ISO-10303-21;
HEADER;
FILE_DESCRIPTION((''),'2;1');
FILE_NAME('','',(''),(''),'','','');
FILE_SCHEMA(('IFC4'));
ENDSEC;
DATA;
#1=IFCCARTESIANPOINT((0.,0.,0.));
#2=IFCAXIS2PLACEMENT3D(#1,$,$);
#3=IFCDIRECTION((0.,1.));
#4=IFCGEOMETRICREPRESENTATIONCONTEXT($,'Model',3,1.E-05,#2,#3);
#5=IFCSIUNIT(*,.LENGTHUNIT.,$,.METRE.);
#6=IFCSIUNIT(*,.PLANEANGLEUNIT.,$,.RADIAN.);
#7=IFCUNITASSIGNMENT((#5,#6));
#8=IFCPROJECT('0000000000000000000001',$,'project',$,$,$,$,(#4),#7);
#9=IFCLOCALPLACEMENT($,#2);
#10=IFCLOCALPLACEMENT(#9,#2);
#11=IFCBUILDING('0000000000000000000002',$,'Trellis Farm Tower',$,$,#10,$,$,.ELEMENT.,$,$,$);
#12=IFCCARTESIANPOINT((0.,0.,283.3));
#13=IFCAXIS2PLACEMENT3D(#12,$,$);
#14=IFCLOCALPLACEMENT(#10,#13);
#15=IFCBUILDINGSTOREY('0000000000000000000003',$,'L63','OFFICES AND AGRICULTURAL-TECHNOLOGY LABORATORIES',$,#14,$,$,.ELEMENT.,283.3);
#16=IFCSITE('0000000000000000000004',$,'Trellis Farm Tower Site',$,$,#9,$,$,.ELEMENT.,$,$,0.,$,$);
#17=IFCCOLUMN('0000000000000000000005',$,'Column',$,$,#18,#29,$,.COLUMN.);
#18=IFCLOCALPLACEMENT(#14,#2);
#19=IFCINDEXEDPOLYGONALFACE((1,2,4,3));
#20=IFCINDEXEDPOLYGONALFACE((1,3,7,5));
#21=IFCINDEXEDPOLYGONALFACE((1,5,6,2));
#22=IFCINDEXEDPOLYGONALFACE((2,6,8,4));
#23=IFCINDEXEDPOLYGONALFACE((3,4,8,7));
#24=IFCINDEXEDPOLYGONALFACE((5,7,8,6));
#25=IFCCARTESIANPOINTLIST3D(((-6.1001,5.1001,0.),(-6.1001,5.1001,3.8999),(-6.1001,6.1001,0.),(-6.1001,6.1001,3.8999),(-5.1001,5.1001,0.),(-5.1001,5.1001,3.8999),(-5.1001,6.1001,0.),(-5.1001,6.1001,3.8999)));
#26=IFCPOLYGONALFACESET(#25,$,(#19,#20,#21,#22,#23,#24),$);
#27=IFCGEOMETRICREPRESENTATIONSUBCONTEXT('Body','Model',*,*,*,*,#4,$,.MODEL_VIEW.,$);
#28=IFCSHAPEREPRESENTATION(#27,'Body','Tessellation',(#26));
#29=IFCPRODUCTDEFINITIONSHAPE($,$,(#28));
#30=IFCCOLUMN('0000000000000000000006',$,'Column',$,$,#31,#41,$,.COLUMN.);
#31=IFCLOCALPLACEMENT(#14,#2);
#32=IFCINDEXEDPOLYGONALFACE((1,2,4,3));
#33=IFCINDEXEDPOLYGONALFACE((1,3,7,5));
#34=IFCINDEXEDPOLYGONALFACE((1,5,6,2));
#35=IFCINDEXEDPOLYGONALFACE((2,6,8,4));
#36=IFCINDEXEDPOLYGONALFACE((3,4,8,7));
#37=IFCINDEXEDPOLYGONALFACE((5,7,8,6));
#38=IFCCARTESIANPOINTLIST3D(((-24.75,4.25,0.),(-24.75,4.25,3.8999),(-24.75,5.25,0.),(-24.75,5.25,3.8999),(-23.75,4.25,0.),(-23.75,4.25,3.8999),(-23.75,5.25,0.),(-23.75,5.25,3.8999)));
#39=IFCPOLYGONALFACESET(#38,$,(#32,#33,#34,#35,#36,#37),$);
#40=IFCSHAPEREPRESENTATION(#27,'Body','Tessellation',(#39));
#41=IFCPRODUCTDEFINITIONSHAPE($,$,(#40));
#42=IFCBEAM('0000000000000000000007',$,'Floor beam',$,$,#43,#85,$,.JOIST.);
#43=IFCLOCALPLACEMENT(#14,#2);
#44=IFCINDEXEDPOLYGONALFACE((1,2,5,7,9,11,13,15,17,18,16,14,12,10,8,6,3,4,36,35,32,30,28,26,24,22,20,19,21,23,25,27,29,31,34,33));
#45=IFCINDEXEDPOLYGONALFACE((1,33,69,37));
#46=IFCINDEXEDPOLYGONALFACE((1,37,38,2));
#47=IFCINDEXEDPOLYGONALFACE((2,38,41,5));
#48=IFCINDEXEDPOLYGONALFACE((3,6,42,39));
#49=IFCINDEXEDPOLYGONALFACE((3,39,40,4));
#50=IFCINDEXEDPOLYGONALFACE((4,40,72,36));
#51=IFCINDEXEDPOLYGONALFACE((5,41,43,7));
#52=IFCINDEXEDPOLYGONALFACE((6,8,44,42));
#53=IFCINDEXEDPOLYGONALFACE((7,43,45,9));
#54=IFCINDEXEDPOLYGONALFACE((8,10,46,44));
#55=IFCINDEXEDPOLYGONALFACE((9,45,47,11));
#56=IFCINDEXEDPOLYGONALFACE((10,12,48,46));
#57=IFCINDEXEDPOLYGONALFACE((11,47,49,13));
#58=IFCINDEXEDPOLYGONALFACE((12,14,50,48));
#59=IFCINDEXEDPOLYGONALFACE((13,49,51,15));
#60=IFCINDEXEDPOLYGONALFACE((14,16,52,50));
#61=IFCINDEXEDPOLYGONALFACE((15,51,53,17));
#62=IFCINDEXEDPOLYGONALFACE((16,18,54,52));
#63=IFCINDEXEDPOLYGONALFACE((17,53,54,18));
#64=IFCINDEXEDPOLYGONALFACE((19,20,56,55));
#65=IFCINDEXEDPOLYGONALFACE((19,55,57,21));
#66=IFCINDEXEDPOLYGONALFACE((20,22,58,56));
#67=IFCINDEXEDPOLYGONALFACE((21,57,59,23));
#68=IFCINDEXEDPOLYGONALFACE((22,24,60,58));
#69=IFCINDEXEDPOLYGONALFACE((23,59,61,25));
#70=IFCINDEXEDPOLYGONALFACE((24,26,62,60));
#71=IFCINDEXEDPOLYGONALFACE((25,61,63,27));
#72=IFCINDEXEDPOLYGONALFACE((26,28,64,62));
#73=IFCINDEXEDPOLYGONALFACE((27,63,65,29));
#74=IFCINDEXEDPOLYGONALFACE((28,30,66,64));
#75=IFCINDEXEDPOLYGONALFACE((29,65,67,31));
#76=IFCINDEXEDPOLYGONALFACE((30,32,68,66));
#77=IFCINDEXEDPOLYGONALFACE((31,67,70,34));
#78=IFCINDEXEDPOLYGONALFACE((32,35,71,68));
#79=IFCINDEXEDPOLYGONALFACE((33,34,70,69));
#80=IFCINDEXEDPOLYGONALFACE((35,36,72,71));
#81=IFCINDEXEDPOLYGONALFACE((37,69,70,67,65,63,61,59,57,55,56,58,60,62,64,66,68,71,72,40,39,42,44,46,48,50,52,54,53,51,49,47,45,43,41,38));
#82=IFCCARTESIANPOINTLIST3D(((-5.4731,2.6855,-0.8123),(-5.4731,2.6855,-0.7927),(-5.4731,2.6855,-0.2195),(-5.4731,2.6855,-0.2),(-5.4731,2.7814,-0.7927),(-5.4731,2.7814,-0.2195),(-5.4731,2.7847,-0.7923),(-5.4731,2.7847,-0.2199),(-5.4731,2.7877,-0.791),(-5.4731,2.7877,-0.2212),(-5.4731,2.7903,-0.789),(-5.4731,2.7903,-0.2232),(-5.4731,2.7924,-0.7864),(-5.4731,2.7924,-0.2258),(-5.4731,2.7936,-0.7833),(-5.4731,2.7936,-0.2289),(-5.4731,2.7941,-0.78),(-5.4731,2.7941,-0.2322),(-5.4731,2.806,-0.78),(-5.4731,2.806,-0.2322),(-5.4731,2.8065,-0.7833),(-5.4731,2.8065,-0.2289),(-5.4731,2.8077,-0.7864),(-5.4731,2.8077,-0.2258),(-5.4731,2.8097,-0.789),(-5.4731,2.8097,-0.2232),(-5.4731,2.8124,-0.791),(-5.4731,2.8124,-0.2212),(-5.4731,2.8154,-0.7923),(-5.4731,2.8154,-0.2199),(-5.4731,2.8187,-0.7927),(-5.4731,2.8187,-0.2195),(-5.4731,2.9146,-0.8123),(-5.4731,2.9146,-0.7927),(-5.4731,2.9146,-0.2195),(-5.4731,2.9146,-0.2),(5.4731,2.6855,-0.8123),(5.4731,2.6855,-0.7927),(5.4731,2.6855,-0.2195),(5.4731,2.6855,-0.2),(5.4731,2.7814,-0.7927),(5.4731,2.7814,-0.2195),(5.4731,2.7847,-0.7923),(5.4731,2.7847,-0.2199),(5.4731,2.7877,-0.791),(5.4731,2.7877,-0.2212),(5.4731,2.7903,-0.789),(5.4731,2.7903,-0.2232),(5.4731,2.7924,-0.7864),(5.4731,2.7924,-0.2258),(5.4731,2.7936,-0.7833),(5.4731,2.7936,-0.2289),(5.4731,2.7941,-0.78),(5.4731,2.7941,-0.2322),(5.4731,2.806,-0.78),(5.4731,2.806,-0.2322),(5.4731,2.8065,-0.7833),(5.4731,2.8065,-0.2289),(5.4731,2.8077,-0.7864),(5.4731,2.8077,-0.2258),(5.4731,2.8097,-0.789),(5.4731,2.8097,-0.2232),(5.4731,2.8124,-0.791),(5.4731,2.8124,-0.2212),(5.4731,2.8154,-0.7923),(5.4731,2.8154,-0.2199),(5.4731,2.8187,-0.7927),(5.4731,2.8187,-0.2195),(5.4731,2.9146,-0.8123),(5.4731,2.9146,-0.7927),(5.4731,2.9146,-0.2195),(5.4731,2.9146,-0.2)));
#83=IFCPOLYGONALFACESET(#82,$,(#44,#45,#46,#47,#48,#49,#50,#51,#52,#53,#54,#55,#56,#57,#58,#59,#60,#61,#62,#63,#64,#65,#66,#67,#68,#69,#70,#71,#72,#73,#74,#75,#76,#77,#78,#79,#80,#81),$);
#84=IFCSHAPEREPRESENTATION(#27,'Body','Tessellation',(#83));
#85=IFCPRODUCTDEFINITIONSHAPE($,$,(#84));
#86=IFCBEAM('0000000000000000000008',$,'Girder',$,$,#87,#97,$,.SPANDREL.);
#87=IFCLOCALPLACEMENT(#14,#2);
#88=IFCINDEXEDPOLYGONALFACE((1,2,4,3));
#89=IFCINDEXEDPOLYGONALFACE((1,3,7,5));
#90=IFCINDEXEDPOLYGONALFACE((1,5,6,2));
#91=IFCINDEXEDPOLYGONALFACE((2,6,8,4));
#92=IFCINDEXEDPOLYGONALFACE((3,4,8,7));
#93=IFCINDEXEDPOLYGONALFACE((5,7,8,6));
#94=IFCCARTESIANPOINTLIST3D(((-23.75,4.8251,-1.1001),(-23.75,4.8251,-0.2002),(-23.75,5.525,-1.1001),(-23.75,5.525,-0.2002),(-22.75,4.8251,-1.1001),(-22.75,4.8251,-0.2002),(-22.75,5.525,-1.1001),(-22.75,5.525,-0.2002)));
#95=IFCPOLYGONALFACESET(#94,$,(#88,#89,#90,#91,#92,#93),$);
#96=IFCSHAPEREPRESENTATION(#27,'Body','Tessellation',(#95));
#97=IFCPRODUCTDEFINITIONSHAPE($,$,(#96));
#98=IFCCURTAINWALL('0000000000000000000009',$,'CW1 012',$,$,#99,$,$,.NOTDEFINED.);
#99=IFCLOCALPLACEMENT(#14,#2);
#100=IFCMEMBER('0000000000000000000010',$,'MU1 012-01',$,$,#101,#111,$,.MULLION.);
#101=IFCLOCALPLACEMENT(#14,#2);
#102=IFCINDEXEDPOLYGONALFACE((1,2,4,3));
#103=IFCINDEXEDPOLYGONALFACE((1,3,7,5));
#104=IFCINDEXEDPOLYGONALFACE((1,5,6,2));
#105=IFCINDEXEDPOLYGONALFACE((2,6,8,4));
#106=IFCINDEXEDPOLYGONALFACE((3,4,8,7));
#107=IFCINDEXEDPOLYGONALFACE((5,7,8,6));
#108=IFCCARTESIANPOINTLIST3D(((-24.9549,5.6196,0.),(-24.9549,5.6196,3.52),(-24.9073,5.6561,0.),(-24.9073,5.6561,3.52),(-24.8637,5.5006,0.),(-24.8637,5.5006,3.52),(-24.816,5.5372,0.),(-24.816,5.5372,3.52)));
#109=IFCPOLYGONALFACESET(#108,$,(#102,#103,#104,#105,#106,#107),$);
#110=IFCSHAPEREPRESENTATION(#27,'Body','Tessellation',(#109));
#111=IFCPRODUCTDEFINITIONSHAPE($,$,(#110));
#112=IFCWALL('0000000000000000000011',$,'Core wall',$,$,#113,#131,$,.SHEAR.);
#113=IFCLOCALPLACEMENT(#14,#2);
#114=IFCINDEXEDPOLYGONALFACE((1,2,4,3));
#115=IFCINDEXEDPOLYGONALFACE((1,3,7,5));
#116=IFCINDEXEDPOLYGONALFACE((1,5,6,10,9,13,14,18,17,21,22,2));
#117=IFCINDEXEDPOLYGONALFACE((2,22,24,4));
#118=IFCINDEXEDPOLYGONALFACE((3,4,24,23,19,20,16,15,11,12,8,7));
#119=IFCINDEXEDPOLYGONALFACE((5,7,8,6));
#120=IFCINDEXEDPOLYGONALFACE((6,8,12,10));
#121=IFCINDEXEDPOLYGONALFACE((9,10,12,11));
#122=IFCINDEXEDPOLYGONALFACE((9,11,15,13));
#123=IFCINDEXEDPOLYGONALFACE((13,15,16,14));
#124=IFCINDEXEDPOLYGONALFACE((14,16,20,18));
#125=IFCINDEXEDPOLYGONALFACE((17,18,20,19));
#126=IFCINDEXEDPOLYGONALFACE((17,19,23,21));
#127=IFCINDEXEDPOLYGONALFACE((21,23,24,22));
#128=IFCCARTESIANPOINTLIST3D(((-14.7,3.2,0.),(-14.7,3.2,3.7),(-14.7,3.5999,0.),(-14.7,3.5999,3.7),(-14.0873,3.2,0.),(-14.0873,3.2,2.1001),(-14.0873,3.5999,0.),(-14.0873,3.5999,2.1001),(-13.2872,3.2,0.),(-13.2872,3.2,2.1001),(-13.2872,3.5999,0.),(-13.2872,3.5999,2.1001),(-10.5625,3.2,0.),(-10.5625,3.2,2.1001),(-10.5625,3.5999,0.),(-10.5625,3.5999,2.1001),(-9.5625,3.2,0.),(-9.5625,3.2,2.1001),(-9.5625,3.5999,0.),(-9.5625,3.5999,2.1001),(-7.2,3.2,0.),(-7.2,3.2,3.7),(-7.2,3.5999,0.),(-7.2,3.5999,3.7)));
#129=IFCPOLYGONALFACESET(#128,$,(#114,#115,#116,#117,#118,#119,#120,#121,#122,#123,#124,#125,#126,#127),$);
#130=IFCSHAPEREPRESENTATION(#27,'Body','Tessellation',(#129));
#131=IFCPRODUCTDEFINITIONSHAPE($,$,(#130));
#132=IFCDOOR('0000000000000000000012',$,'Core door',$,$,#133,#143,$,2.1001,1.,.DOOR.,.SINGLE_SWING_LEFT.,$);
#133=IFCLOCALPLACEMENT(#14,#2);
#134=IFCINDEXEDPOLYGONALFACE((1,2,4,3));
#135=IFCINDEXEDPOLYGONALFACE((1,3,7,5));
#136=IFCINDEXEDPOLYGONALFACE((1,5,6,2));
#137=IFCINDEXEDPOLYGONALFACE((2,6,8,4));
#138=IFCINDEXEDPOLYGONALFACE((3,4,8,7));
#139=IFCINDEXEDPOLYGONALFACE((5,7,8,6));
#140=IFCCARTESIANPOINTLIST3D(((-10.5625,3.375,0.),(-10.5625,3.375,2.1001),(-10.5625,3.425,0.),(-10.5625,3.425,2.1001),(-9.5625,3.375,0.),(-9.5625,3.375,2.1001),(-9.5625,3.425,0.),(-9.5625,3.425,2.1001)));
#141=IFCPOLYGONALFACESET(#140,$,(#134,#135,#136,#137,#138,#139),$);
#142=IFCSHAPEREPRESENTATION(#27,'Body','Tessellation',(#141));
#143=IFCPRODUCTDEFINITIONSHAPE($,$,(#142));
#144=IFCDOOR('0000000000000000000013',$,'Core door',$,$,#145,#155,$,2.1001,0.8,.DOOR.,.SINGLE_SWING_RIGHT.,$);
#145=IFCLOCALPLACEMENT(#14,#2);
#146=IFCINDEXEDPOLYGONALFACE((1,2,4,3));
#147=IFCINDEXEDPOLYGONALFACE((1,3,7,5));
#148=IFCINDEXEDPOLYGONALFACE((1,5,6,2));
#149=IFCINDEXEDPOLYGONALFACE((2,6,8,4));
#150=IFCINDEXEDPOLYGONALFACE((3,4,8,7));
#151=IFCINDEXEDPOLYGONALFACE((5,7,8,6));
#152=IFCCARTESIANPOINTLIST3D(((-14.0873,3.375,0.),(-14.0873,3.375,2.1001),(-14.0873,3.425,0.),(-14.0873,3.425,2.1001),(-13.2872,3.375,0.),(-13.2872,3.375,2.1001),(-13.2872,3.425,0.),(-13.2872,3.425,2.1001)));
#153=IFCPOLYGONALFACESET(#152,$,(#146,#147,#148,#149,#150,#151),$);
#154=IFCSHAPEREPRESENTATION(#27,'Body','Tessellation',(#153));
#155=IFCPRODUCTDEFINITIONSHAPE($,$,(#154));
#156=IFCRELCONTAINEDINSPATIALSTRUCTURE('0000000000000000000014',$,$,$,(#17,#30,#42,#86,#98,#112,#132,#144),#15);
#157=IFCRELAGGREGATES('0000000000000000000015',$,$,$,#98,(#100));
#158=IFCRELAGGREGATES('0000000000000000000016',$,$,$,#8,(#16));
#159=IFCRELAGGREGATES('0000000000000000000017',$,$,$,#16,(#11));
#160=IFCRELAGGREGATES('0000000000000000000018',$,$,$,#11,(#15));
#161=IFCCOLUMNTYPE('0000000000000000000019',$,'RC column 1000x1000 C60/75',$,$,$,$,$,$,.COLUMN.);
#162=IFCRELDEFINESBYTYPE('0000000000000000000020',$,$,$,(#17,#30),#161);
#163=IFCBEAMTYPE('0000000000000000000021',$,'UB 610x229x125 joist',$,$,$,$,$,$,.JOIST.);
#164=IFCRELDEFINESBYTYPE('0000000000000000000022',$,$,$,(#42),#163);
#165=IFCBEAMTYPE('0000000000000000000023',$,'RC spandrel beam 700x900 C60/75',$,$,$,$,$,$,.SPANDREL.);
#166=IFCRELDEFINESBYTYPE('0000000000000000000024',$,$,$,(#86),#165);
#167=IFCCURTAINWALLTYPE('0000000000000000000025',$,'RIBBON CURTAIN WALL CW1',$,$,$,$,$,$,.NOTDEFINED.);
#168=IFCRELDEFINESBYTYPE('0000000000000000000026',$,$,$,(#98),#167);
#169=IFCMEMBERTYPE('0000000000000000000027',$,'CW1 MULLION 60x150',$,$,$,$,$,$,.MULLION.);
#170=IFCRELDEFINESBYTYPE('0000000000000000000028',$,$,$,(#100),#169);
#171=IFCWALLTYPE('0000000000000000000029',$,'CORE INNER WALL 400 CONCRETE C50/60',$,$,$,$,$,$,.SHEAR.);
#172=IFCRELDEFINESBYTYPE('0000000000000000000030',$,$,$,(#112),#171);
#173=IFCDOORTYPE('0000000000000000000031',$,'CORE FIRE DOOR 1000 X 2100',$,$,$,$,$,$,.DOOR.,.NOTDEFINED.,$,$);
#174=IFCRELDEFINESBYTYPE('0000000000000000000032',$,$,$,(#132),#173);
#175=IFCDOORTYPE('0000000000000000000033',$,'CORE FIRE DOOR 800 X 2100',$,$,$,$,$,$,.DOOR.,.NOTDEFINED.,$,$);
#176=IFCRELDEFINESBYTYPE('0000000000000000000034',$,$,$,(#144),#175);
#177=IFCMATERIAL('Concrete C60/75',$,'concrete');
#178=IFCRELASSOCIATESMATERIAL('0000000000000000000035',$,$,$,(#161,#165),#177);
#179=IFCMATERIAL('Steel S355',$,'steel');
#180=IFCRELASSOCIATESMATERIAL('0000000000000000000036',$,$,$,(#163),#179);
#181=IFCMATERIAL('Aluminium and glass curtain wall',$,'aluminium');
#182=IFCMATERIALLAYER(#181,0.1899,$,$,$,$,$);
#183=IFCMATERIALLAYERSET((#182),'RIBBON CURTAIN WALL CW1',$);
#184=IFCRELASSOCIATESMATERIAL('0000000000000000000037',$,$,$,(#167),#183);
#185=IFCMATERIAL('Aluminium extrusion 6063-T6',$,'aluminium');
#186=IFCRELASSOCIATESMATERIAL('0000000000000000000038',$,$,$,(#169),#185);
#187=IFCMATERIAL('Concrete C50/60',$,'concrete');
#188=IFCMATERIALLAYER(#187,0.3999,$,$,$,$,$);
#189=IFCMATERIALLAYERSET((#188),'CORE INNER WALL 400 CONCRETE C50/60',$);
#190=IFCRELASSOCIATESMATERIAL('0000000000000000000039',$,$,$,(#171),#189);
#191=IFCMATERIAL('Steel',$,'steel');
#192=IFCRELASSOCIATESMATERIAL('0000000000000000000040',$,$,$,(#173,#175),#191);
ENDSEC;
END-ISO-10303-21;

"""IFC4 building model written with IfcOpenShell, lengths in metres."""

from ifc_helpers import new_model, si_unit, direction, frame, frame_2d, origin, origin_2d, place, context, subcontext, project, spatial, rectangle, i_section, extrude, source, transform, mapped, material, layer, layer_set, material_profile, profile_set, type_object, element, fill, aggregate, save


model = new_model("IFC4")

# Units and contexts
model_context = context("Model", 3, precision=1e-05, world=origin(), true_north=direction((0.0, 1.0)))
body_context = subcontext(model_context, "Body", "Model", "MODEL_VIEW")
ifc_project = project(units=[si_unit("LENGTHUNIT", "METRE"), si_unit("PLANEANGLEUNIT", "RADIAN")], contexts=[model_context])

# Site, building, storey
site_placement = place(None, origin())
site = spatial("IfcSite", under=ifc_project, at=site_placement, Name="Trellis Farm Tower Site", CompositionType="ELEMENT", RefElevation=0.0)
building_placement = place(site_placement, origin())
building = spatial("IfcBuilding", under=site, at=building_placement, Name="Trellis Farm Tower", CompositionType="ELEMENT")
storey_placement = place(building_placement, frame((0.0, 0.0, 283.3)))
storey = spatial("IfcBuildingStorey", under=building, at=storey_placement, Name="L63", Description="OFFICES AND AGRICULTURAL-TECHNOLOGY LABORATORIES", CompositionType="ELEMENT", Elevation=283.3)

# Columns
ifc_material_1 = material(Name="Concrete C60/75", Category="concrete")
ifc_material_profile_1 = material_profile(ifc_material_1, rectangle(XDim=1.0, YDim=1.0, at=origin_2d()), Name="RC column 1000x1000 C60/75")
ifc_profile_set_1 = profile_set([ifc_material_profile_1], Name="Concrete C60/75")
column_type = type_object("IfcColumnType", Name="RC column 1000x1000 C60/75", PredefinedType="COLUMN", material=ifc_profile_set_1)
shared_shape_1 = source(origin(), body_context, "Body", "SweptSolid", [
    extrude(rectangle(XDim=1.0, YDim=1.0, at=origin_2d()), origin(), (0.0, 0.0, 1.0), 3.8999),
])
for number, where, z_axis, x_axis, name in (
    (1, (-5.6001, 5.6001, 0.0), (0.0, 0.0, 1.0), (1.0, 0.0, 0.0), "Column"),
    (2, (-24.25, 4.75, 0.0), (0.0, 0.0, 1.0), (1.0, 0.0, 0.0), "Column"),
):
    element("IfcColumn", number, at=place(storey_placement, frame(where, z_axis=z_axis, x_axis=x_axis)), inside=storey, type_object=column_type, Name=name, PredefinedType="COLUMN", context=body_context, shape_type="MappedRepresentation", body=[
        mapped(shared_shape_1, transform((0.0, 0.0, 0.0))),
    ])

# Beams
ifc_material_2 = material(Name="Steel S355", Category="steel")
ifc_material_profile_2 = material_profile(ifc_material_2, i_section(OverallWidth=0.229, OverallDepth=0.6123, WebThickness=0.012, FlangeThickness=0.0195, FilletRadius=0.0127, at=origin_2d()), Name="UB 610x229x125")
ifc_profile_set_2 = profile_set([ifc_material_profile_2], Name="Steel S355")
beam_type_1 = type_object("IfcBeamType", Name="UB 610x229x125 joist", PredefinedType="JOIST", material=ifc_profile_set_2)
shared_shape_2 = source(origin(), body_context, "Body", "SweptSolid", [
    extrude(i_section(OverallWidth=0.229, OverallDepth=0.6123, WebThickness=0.012, FlangeThickness=0.0195, FilletRadius=0.0127, at=origin_2d()), origin(), (0.0, 0.0, 1.0), 10.9463),
])
beam_1_placement = place(storey_placement, frame((-5.4731, 2.8, -0.5061), z_axis=(1.0, 0.0, 0.0), x_axis=(0.0, 1.0, 0.0)))
element("IfcBeam", 3, at=beam_1_placement, inside=storey, type_object=beam_type_1, Name="Floor beam", PredefinedType="JOIST", context=body_context, shape_type="MappedRepresentation", body=[
    mapped(shared_shape_2, transform((0.0, 0.0, 0.0))),
])
ifc_material_profile_3 = material_profile(ifc_material_1, rectangle(XDim=0.7, YDim=0.8999, at=origin_2d()), Name="RC spandrel beam 700x900 C60/75")
ifc_profile_set_3 = profile_set([ifc_material_profile_3], Name="Concrete C60/75")
beam_type_2 = type_object("IfcBeamType", Name="RC spandrel beam 700x900 C60/75", PredefinedType="SPANDREL", material=ifc_profile_set_3)
shared_shape_3 = source(origin(), body_context, "Body", "SweptSolid", [
    extrude(rectangle(XDim=0.7, YDim=0.8999, at=origin_2d()), origin(), (0.0, 0.0, 1.0), 1.0),
])
beam_2_placement = place(storey_placement, frame((-23.75, 5.175, -0.6501), z_axis=(1.0, 0.0, 0.0), x_axis=(0.0, 1.0, 0.0)))
element("IfcBeam", 4, at=beam_2_placement, inside=storey, type_object=beam_type_2, Name="Girder", PredefinedType="SPANDREL", context=body_context, shape_type="MappedRepresentation", body=[
    mapped(shared_shape_3, transform((0.0, 0.0, 0.0))),
])

# Curtain wall, member
ifc_material_3 = material(Name="Aluminium and glass curtain wall", Category="aluminium")
ifc_layer_1 = layer(ifc_material_3, 0.1899)
ifc_layer_set_1 = layer_set([ifc_layer_1], Name="RIBBON CURTAIN WALL CW1")
curtain_wall_type = type_object("IfcCurtainWallType", Name="RIBBON CURTAIN WALL CW1", PredefinedType="NOTDEFINED", material=ifc_layer_set_1)
placement = place(storey_placement, origin())
curtain_wall = element("IfcCurtainWall", 5, at=placement, inside=storey, type_object=curtain_wall_type, Name="CW1 012", PredefinedType="NOTDEFINED")
ifc_material_4 = material(Name="Aluminium extrusion 6063-T6", Category="aluminium")
ifc_material_profile_4 = material_profile(ifc_material_4, rectangle(XDim=0.0601, YDim=0.1499, at=origin_2d()), Name="MULLION 60x150")
ifc_profile_set_4 = profile_set([ifc_material_profile_4], Name="Aluminium extrusion 6063-T6")
member_type = type_object("IfcMemberType", Name="CW1 MULLION 60x150", PredefinedType="MULLION", material=ifc_profile_set_4)
shared_shape_4 = source(origin(), body_context, "Body", "SweptSolid", [
    extrude(rectangle(XDim=0.0601, YDim=0.1499, at=origin_2d()), origin(), (0.0, 0.0, 1.0), 3.52),
])
member_placement = place(storey_placement, frame((-24.8855, 5.5784, 0.0), z_axis=(0.0, 0.0, 1.0), x_axis=(-0.793353, -0.608761, 0.0)))
member = element("IfcMember", 6, at=member_placement, type_object=member_type, Name="MU1 012-01", PredefinedType="MULLION", context=body_context, shape_type="MappedRepresentation", body=[
    mapped(shared_shape_4, transform((0.0, 0.0, 0.0))),
])
aggregate(curtain_wall, [member])

# Wall, openings, doors
ifc_material_5 = material(Name="Concrete C50/60", Category="concrete")
ifc_layer_2 = layer(ifc_material_5, 0.3999)
ifc_layer_set_2 = layer_set([ifc_layer_2], Name="CORE INNER WALL 400 CONCRETE C50/60")
wall_type_1 = type_object("IfcWallType", Name="CORE INNER WALL 400 CONCRETE C50/60", PredefinedType="SHEAR", material=ifc_layer_set_2)
shared_shape_5 = source(origin(), body_context, "Body", "SweptSolid", [
    extrude(rectangle(XDim=7.5, YDim=0.3999, at=frame_2d((3.75, 0.0))), origin(), (0.0, 0.0, 1.0), 3.7),
])
wall_1_placement = place(storey_placement, frame((-7.2, 3.3999, 0.0), z_axis=(0.0, 0.0, 1.0), x_axis=(-1.0, 0.0, 0.0)))
wall_1 = element("IfcWall", 7, at=wall_1_placement, inside=storey, type_object=wall_type_1, Name="Core wall", PredefinedType="SHEAR", context=body_context, shape_type="MappedRepresentation", body=[
    mapped(shared_shape_5, transform((0.0, 0.0, 0.0))),
])
shared_shape_6 = source(origin(), body_context, "Body", "SweptSolid", [
    extrude(rectangle(XDim=1.0, YDim=2.1001, at=frame_2d((0.5, 1.05))), frame((0.0, 0.21, 0.0), z_axis=(0.0, -1.0, 0.0), x_axis=(1.0, 0.0, 0.0)), (0.0, 0.0, 1.0), 0.4199),
])
opening_1_placement = place(wall_1_placement, frame((2.3625, 0.0, 0.0)))
opening_1 = element("IfcOpeningElement", 8, at=opening_1_placement, cuts=wall_1, PredefinedType="OPENING", context=body_context, shape_type="MappedRepresentation", body=[
    mapped(shared_shape_6, transform((0.0, 0.0, 0.0))),
])
shared_shape_7 = source(origin(), body_context, "Body", "SweptSolid", [
    extrude(rectangle(XDim=0.8, YDim=2.1001, at=frame_2d((0.3999, 1.05))), frame((0.0, 0.21, 0.0), z_axis=(0.0, -1.0, 0.0), x_axis=(1.0, 0.0, 0.0)), (0.0, 0.0, 1.0), 0.4199),
])
opening_2_placement = place(wall_1_placement, frame((6.0874, 0.0, 0.0)))
opening_2 = element("IfcOpeningElement", 9, at=opening_2_placement, cuts=wall_1, PredefinedType="OPENING", context=body_context, shape_type="MappedRepresentation", body=[
    mapped(shared_shape_7, transform((0.0, 0.0, 0.0))),
])
ifc_material_6 = material(Name="Steel", Category="steel")
door_type_1 = type_object("IfcDoorType", Name="CORE FIRE DOOR 1000 X 2100", OperationType="NOTDEFINED", PredefinedType="DOOR", material=ifc_material_6)
shared_shape_8 = source(origin(), body_context, "Body", "SweptSolid", [
    extrude(rectangle(XDim=1.0, YDim=2.1001, at=frame_2d((0.5, 1.05))), frame((0.0, 0.0249, 0.0), z_axis=(0.0, -1.0, 0.0), x_axis=(1.0, 0.0, 0.0)), (0.0, 0.0, 1.0), 0.05),
])
door_1_placement = place(opening_1_placement, origin())
door_1 = element("IfcDoor", 10, at=door_1_placement, inside=storey, type_object=door_type_1, Name="Core door", OperationType="SINGLE_SWING_LEFT", OverallHeight=2.1001, OverallWidth=1.0, PredefinedType="DOOR", context=body_context, shape_type="MappedRepresentation", body=[
    mapped(shared_shape_8, transform((0.0, 0.0, 0.0))),
])
fill(opening_1, door_1)
door_type_2 = type_object("IfcDoorType", Name="CORE FIRE DOOR 800 X 2100", OperationType="NOTDEFINED", PredefinedType="DOOR", material=ifc_material_6)
shared_shape_9 = source(origin(), body_context, "Body", "SweptSolid", [
    extrude(rectangle(XDim=0.8, YDim=2.1001, at=frame_2d((0.3999, 1.05))), frame((0.0, 0.0249, 0.0), z_axis=(0.0, -1.0, 0.0), x_axis=(1.0, 0.0, 0.0)), (0.0, 0.0, 1.0), 0.05),
])
door_2_placement = place(opening_2_placement, origin())
door_2 = element("IfcDoor", 11, at=door_2_placement, inside=storey, type_object=door_type_2, Name="Core door", OperationType="SINGLE_SWING_RIGHT", OverallHeight=2.1001, OverallWidth=0.8, PredefinedType="DOOR", context=body_context, shape_type="MappedRepresentation", body=[
    mapped(shared_shape_9, transform((0.0, 0.0, 0.0))),
])
fill(opening_2, door_2)

save(model, "model.ifc")
